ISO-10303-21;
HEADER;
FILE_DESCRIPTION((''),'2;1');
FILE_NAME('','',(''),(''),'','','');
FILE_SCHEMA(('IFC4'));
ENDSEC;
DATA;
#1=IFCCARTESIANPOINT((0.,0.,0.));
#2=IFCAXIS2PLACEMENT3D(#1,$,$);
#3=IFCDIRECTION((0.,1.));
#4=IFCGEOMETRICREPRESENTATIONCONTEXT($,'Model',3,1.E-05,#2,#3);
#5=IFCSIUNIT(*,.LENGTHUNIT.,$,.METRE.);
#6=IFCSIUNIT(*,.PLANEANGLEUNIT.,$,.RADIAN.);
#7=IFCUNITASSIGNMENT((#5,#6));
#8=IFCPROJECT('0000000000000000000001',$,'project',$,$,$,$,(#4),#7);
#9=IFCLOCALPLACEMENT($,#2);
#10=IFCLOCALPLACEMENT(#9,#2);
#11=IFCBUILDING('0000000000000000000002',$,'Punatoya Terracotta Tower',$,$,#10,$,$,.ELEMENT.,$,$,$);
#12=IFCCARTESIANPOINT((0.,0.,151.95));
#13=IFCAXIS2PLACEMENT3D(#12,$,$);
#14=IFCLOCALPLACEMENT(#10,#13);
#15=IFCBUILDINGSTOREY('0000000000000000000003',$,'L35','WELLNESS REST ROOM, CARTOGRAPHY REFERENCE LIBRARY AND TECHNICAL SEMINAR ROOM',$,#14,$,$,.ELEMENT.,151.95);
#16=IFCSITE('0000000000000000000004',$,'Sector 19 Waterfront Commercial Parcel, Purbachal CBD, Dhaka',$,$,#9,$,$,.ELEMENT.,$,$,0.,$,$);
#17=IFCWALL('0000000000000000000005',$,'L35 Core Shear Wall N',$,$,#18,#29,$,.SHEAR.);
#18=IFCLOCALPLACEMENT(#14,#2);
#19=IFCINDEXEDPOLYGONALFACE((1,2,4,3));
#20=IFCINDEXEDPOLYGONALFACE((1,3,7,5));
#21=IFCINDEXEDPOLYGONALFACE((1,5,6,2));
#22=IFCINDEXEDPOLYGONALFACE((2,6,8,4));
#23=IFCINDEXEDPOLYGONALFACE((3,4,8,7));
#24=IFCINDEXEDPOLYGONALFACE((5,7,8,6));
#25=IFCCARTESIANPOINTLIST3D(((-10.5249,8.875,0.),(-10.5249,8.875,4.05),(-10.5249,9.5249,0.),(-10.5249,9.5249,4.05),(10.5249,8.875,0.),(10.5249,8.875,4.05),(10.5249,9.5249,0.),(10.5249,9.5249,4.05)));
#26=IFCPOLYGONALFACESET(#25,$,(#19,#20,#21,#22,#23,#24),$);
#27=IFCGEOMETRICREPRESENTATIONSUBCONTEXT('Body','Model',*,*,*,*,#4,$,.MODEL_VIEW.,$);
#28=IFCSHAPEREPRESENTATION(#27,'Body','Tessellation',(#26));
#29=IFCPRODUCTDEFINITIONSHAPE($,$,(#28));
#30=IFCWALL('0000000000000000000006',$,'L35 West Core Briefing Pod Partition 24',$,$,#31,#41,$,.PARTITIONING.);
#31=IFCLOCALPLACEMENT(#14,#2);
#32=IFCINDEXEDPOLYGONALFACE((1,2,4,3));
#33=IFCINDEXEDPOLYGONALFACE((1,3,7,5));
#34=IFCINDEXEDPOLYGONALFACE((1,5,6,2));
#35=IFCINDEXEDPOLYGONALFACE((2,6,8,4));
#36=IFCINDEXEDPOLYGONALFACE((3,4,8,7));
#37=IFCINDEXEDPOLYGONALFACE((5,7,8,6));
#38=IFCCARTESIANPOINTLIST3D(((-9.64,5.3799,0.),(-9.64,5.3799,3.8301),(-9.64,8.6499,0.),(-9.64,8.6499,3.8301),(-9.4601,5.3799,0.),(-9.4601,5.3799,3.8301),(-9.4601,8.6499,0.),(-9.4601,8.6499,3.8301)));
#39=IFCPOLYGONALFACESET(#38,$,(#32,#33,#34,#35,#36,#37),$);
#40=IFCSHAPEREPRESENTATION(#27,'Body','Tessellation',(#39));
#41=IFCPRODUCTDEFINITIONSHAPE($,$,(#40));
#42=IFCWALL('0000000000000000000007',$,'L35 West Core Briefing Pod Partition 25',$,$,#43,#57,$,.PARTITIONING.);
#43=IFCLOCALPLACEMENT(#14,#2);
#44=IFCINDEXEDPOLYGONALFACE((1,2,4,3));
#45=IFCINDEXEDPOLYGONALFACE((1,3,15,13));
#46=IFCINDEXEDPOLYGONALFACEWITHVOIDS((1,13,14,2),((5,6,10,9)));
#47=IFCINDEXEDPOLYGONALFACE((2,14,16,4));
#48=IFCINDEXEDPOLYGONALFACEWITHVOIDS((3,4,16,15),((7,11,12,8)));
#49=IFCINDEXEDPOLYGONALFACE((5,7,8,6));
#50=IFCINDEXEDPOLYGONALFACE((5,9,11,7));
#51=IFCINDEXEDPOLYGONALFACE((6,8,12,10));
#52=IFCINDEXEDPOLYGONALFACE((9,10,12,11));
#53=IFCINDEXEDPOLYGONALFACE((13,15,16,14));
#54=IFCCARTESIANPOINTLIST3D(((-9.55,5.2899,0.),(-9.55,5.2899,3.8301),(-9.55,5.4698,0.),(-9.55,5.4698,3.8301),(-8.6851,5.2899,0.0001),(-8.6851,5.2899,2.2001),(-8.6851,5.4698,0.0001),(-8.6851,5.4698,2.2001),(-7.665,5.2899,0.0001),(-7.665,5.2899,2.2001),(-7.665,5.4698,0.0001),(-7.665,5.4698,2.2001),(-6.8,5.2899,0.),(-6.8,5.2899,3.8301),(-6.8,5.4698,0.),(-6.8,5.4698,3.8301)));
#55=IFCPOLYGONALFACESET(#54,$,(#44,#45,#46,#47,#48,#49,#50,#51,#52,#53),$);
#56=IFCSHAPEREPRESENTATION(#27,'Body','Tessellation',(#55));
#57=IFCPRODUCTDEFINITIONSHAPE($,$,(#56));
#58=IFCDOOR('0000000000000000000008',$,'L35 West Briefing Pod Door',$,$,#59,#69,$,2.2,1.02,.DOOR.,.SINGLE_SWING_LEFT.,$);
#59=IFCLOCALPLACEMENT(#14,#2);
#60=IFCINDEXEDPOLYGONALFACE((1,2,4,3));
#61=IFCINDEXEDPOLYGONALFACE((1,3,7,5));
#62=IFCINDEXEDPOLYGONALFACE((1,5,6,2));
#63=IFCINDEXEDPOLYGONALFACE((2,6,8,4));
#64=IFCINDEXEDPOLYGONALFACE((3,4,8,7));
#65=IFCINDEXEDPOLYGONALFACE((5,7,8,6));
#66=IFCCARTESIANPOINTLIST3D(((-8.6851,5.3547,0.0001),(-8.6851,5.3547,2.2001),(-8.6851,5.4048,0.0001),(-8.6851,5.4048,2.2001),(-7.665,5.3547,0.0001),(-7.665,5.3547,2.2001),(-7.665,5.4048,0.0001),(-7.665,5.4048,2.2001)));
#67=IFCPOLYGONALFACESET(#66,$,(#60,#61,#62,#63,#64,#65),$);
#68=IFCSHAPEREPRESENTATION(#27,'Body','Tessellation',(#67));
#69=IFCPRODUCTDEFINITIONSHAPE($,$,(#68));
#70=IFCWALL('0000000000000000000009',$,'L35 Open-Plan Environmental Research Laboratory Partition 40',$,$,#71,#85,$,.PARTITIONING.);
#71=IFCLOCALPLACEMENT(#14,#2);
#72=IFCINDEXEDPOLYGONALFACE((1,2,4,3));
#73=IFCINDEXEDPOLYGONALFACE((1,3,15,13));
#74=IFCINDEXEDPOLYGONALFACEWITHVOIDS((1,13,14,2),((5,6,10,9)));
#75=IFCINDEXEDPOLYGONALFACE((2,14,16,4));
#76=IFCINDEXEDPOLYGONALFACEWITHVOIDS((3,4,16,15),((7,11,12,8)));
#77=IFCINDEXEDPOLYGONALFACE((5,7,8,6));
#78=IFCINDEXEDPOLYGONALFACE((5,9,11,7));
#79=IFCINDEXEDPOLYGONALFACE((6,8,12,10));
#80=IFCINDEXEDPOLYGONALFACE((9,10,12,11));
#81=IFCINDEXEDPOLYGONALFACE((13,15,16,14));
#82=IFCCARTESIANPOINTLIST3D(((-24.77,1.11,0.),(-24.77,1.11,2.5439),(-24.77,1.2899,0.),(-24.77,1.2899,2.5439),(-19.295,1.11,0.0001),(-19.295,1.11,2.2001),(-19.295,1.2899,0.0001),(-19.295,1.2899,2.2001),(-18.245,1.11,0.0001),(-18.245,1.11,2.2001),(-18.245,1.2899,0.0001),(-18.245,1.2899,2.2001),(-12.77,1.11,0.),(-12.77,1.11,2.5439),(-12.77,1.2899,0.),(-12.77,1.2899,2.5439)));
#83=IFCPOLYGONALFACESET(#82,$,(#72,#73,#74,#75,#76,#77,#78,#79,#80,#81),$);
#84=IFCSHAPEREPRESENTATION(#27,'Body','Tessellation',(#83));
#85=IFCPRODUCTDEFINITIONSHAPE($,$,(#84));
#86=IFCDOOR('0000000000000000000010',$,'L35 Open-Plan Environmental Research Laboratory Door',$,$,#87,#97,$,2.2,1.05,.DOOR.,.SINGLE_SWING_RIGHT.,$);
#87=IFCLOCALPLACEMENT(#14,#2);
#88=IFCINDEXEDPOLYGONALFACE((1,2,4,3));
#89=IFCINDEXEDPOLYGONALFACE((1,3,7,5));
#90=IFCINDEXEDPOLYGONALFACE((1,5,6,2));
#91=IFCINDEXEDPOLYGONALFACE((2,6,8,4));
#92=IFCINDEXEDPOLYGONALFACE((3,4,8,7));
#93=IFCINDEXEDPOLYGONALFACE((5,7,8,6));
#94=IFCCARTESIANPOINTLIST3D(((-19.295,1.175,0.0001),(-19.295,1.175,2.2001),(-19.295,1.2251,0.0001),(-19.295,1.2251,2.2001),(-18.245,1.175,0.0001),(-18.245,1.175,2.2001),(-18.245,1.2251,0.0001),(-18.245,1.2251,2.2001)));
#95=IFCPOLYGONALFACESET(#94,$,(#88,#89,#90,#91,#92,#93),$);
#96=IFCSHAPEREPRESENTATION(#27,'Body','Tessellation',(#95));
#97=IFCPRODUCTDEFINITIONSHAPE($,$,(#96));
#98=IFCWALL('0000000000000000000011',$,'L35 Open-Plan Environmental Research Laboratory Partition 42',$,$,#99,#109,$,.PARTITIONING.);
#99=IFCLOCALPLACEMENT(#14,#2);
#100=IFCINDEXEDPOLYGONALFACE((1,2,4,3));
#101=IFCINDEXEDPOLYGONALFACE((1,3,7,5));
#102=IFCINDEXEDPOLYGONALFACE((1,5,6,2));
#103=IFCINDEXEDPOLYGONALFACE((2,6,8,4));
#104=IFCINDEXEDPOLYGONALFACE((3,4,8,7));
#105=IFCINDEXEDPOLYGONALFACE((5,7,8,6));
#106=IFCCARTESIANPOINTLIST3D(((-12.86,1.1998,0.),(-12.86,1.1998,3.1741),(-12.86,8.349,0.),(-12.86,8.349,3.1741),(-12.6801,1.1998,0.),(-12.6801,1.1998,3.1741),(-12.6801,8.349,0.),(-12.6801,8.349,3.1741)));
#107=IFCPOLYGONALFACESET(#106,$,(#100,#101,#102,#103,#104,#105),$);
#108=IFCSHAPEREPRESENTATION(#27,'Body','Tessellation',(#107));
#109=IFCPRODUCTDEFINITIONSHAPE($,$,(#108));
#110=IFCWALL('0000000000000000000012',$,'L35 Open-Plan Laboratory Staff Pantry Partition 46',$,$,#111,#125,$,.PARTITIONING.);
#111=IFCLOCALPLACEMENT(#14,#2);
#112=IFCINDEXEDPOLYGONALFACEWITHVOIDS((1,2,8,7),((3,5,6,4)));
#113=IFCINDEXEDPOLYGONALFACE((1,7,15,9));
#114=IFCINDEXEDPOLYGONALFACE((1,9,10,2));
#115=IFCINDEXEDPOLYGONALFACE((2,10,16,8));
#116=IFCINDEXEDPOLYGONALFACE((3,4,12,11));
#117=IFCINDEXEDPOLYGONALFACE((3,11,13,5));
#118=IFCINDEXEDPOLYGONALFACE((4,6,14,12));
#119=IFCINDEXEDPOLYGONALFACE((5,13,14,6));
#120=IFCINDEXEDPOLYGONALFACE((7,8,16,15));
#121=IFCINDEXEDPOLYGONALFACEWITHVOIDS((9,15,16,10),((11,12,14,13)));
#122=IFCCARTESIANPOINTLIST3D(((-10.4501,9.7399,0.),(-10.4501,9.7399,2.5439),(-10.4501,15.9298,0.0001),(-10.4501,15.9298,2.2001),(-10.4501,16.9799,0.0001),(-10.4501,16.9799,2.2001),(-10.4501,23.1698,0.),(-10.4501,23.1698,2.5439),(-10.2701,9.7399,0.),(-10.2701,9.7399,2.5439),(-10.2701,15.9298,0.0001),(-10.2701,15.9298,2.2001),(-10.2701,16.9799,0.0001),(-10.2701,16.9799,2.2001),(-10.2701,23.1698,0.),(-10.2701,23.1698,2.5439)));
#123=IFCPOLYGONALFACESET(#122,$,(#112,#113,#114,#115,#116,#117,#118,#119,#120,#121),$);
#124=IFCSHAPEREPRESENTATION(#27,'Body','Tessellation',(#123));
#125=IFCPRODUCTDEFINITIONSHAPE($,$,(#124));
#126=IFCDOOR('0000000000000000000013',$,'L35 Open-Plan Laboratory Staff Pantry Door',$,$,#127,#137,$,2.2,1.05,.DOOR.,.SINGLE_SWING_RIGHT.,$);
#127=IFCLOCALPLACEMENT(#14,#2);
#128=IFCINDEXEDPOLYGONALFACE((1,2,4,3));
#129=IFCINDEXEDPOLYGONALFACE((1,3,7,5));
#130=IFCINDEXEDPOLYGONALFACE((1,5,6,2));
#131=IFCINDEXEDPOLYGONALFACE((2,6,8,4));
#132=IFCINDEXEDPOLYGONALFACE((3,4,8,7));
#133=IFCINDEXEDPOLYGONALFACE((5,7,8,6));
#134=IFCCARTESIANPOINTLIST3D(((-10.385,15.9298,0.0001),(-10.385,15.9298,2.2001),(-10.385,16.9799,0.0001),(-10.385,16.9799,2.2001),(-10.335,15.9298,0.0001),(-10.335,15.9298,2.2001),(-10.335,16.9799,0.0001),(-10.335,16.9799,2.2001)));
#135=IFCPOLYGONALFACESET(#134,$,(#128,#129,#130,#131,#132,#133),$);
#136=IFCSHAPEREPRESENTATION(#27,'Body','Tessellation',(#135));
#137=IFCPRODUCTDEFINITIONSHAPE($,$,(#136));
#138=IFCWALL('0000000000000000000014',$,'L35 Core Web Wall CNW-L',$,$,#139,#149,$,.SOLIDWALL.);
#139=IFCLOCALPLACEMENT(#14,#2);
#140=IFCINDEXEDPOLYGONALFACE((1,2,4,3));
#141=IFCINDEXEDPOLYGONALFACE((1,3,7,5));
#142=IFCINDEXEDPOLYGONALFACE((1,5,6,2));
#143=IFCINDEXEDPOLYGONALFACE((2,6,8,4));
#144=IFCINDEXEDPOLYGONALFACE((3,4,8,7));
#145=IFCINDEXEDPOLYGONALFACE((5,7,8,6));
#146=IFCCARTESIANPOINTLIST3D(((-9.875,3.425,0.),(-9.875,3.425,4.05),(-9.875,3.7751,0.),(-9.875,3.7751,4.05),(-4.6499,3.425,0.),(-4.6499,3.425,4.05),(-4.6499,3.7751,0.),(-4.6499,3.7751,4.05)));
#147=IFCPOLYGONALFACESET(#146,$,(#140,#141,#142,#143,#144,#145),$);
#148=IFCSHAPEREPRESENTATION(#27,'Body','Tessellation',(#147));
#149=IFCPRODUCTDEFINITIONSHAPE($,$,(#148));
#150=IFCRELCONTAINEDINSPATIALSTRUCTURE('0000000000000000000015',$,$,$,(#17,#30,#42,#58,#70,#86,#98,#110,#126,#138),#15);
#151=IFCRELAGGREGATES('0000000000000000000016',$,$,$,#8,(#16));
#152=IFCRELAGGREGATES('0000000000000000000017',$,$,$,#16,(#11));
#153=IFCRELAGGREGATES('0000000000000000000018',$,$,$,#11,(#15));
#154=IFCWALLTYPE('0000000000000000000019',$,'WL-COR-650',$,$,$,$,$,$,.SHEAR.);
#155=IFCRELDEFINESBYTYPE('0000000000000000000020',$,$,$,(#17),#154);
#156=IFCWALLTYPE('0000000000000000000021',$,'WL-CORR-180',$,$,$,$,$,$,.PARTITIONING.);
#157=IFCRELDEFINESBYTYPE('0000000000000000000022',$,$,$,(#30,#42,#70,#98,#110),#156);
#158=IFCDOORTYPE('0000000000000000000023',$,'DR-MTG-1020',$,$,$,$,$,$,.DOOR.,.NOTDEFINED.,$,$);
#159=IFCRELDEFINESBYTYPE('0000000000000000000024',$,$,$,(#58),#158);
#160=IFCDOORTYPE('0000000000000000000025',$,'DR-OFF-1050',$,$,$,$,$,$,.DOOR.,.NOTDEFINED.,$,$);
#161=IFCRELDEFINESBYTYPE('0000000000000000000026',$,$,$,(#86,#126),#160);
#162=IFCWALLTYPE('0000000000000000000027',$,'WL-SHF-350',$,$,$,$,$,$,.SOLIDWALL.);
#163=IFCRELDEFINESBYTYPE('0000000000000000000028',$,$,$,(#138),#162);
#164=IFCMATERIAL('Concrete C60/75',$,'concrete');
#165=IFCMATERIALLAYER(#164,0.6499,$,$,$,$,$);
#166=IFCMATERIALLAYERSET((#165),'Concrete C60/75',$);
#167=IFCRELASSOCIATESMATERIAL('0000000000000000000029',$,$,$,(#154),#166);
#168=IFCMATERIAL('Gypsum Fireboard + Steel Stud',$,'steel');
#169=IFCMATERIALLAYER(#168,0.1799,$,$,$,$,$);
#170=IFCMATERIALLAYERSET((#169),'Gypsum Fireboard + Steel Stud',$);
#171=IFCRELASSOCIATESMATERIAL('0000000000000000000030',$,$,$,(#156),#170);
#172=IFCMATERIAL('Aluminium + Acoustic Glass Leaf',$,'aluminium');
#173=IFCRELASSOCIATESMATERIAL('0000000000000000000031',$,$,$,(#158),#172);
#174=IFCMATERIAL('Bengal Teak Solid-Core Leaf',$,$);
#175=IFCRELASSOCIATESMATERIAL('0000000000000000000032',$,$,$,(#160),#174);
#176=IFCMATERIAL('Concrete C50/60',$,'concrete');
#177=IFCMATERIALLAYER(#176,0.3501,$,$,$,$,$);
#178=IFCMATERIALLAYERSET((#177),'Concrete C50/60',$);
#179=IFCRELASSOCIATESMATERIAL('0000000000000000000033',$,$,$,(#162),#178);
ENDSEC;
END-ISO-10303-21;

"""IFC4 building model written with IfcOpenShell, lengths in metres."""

from ifc_helpers import new_model, si_unit, direction, frame, frame_2d, origin, place, context, subcontext, project, spatial, rectangle, extrude, material, layer, layer_set, type_object, element, fill, save


model = new_model("IFC4")

# Units and contexts
model_context = context("Model", 3, precision=1e-05, world=origin(), true_north=direction((0.0, 1.0)))
body_context = subcontext(model_context, "Body", "Model", "MODEL_VIEW")
ifc_project = project(units=[si_unit("LENGTHUNIT", "METRE"), si_unit("PLANEANGLEUNIT", "RADIAN")], contexts=[model_context])

# Site, building, storey
site_placement = place(None, origin())
site = spatial("IfcSite", under=ifc_project, at=site_placement, Name="Sector 19 Waterfront Commercial Parcel, Purbachal CBD, Dhaka", CompositionType="ELEMENT", RefElevation=0.0)
building_placement = place(site_placement, origin())
building = spatial("IfcBuilding", under=site, at=building_placement, Name="Punatoya Terracotta Tower", CompositionType="ELEMENT")
storey_placement = place(building_placement, frame((0.0, 0.0, 151.95)))
storey = spatial("IfcBuildingStorey", under=building, at=storey_placement, Name="L35", Description="WELLNESS REST ROOM, CARTOGRAPHY REFERENCE LIBRARY AND TECHNICAL SEMINAR ROOM", CompositionType="ELEMENT", Elevation=151.95)

# Walls
ifc_material_1 = material(Name="Concrete C60/75", Category="concrete")
ifc_layer_1 = layer(ifc_material_1, 0.6499)
ifc_layer_set_1 = layer_set([ifc_layer_1], Name="Concrete C60/75")
wall_type_1 = type_object("IfcWallType", Name="WL-COR-650", PredefinedType="SHEAR", material=ifc_layer_set_1)
wall_1_placement = place(storey_placement, frame((-10.5249, 9.2, 0.0), z_axis=(0.0, 0.0, 1.0), x_axis=(1.0, 0.0, 0.0)))
element("IfcWall", 1, at=wall_1_placement, inside=storey, type_object=wall_type_1, Name="L35 Core Shear Wall N", PredefinedType="SHEAR", context=body_context, shape_type="SweptSolid", body=[
    extrude(rectangle(XDim=21.0498, YDim=0.6499, at=frame_2d((10.5249, 0.0))), origin(), (0.0, 0.0, 1.0), 4.05),
])
ifc_material_2 = material(Name="Gypsum Fireboard + Steel Stud", Category="steel")
ifc_layer_2 = layer(ifc_material_2, 0.1799)
ifc_layer_set_2 = layer_set([ifc_layer_2], Name="Gypsum Fireboard + Steel Stud")
wall_type_2 = type_object("IfcWallType", Name="WL-CORR-180", PredefinedType="PARTITIONING", material=ifc_layer_set_2)
wall_2_placement = place(storey_placement, frame((-9.55, 8.6499, 0.0), z_axis=(0.0, 0.0, 1.0), x_axis=(0.0, -1.0, 0.0)))
element("IfcWall", 2, at=wall_2_placement, inside=storey, type_object=wall_type_2, Name="L35 West Core Briefing Pod Partition 24", PredefinedType="PARTITIONING", context=body_context, shape_type="SweptSolid", body=[
    extrude(rectangle(XDim=3.27, YDim=0.1799, at=frame_2d((1.635, 0.0))), origin(), (0.0, 0.0, 1.0), 3.8301),
])

# Walls, openings, doors
wall_3_placement = place(storey_placement, frame((-9.55, 5.3799, 0.0), z_axis=(0.0, 0.0, 1.0), x_axis=(1.0, 0.0, 0.0)))
wall_3 = element("IfcWall", 3, at=wall_3_placement, inside=storey, type_object=wall_type_2, Name="L35 West Core Briefing Pod Partition 25", PredefinedType="PARTITIONING", context=body_context, shape_type="SweptSolid", body=[
    extrude(rectangle(XDim=2.75, YDim=0.1799, at=frame_2d((1.375, 0.0))), origin(), (0.0, 0.0, 1.0), 3.8301),
])
opening_1_placement = place(wall_3_placement, frame((0.865, 0.0, 0.0)))
opening_1 = element("IfcOpeningElement", 4, at=opening_1_placement, cuts=wall_3, PredefinedType="OPENING", context=body_context, shape_type="SweptSolid", body=[
    extrude(rectangle(XDim=1.02, YDim=2.2, at=frame_2d((0.51, 1.1001))), frame((0.0, 0.0999, 0.0), z_axis=(0.0, -1.0, 0.0), x_axis=(1.0, 0.0, 0.0)), (0.0, 0.0, 1.0), 0.2),
])
ifc_material_3 = material(Name="Aluminium + Acoustic Glass Leaf", Category="aluminium")
door_type_1 = type_object("IfcDoorType", Name="DR-MTG-1020", OperationType="NOTDEFINED", PredefinedType="DOOR", material=ifc_material_3)
door_1_placement = place(opening_1_placement, origin())
door_1 = element("IfcDoor", 5, at=door_1_placement, inside=storey, type_object=door_type_1, Name="L35 West Briefing Pod Door", OperationType="SINGLE_SWING_LEFT", OverallHeight=2.2, OverallWidth=1.02, PredefinedType="DOOR", context=body_context, shape_type="SweptSolid", body=[
    extrude(rectangle(XDim=1.02, YDim=2.2, at=frame_2d((0.51, 1.1001))), frame((0.0, 0.0249, 0.0), z_axis=(0.0, -1.0, 0.0), x_axis=(1.0, 0.0, 0.0)), (0.0, 0.0, 1.0), 0.05),
])
fill(opening_1, door_1)
wall_4_placement = place(storey_placement, frame((-12.77, 1.2, 0.0), z_axis=(0.0, 0.0, 1.0), x_axis=(-1.0, 0.0, 0.0)))
wall_4 = element("IfcWall", 6, at=wall_4_placement, inside=storey, type_object=wall_type_2, Name="L35 Open-Plan Environmental Research Laboratory Partition 40", PredefinedType="PARTITIONING", context=body_context, shape_type="SweptSolid", body=[
    extrude(rectangle(XDim=12.0, YDim=0.1799, at=frame_2d((6.0, 0.0))), origin(), (0.0, 0.0, 1.0), 2.5439),
])
opening_2_placement = place(wall_4_placement, frame((5.4751, 0.0, 0.0)))
opening_2 = element("IfcOpeningElement", 7, at=opening_2_placement, cuts=wall_4, PredefinedType="OPENING", context=body_context, shape_type="SweptSolid", body=[
    extrude(rectangle(XDim=1.05, YDim=2.2, at=frame_2d((0.5249, 1.1001))), frame((0.0, 0.0999, 0.0), z_axis=(0.0, -1.0, 0.0), x_axis=(1.0, 0.0, 0.0)), (0.0, 0.0, 1.0), 0.2),
])
ifc_material_4 = material(Name="Bengal Teak Solid-Core Leaf")
door_type_2 = type_object("IfcDoorType", Name="DR-OFF-1050", OperationType="NOTDEFINED", PredefinedType="DOOR", material=ifc_material_4)
door_2_placement = place(opening_2_placement, origin())
door_2 = element("IfcDoor", 8, at=door_2_placement, inside=storey, type_object=door_type_2, Name="L35 Open-Plan Environmental Research Laboratory Door", OperationType="SINGLE_SWING_RIGHT", OverallHeight=2.2, OverallWidth=1.05, PredefinedType="DOOR", context=body_context, shape_type="SweptSolid", body=[
    extrude(rectangle(XDim=1.05, YDim=2.2, at=frame_2d((0.5249, 1.1001))), frame((0.0, 0.0249, 0.0), z_axis=(0.0, -1.0, 0.0), x_axis=(1.0, 0.0, 0.0)), (0.0, 0.0, 1.0), 0.05),
])
fill(opening_2, door_2)

# Wall
wall_5_placement = place(storey_placement, frame((-12.77, 8.3491, 0.0), z_axis=(0.0, 0.0, 1.0), x_axis=(0.0, -1.0, 0.0)))
element("IfcWall", 9, at=wall_5_placement, inside=storey, type_object=wall_type_2, Name="L35 Open-Plan Environmental Research Laboratory Partition 42", PredefinedType="PARTITIONING", context=body_context, shape_type="SweptSolid", body=[
    extrude(rectangle(XDim=7.1492, YDim=0.1799, at=frame_2d((3.5747, 0.0))), origin(), (0.0, 0.0, 1.0), 3.1741),
])

# Wall, opening, door
wall_6_placement = place(storey_placement, frame((-10.3601, 9.74, 0.0), z_axis=(0.0, 0.0, 1.0), x_axis=(0.0, 1.0, 0.0)))
wall_6 = element("IfcWall", 10, at=wall_6_placement, inside=storey, type_object=wall_type_2, Name="L35 Open-Plan Laboratory Staff Pantry Partition 46", PredefinedType="PARTITIONING", context=body_context, shape_type="SweptSolid", body=[
    extrude(rectangle(XDim=13.4299, YDim=0.1799, at=frame_2d((6.7148, 0.0))), origin(), (0.0, 0.0, 1.0), 2.5439),
])
opening_3_placement = place(wall_6_placement, frame((6.1899, 0.0, 0.0)))
opening_3 = element("IfcOpeningElement", 11, at=opening_3_placement, cuts=wall_6, PredefinedType="OPENING", context=body_context, shape_type="SweptSolid", body=[
    extrude(rectangle(XDim=1.05, YDim=2.2, at=frame_2d((0.5249, 1.1001))), frame((0.0, 0.0999, 0.0), z_axis=(0.0, -1.0, 0.0), x_axis=(1.0, 0.0, 0.0)), (0.0, 0.0, 1.0), 0.2),
])
door_3_placement = place(opening_3_placement, origin())
door_3 = element("IfcDoor", 12, at=door_3_placement, inside=storey, type_object=door_type_2, Name="L35 Open-Plan Laboratory Staff Pantry Door", OperationType="SINGLE_SWING_RIGHT", OverallHeight=2.2, OverallWidth=1.05, PredefinedType="DOOR", context=body_context, shape_type="SweptSolid", body=[
    extrude(rectangle(XDim=1.05, YDim=2.2, at=frame_2d((0.5249, 1.1001))), frame((0.0, 0.0249, 0.0), z_axis=(0.0, -1.0, 0.0), x_axis=(1.0, 0.0, 0.0)), (0.0, 0.0, 1.0), 0.05),
])
fill(opening_3, door_3)

# Wall
ifc_material_5 = material(Name="Concrete C50/60", Category="concrete")
ifc_layer_3 = layer(ifc_material_5, 0.3501)
ifc_layer_set_3 = layer_set([ifc_layer_3], Name="Concrete C50/60")
wall_type_3 = type_object("IfcWallType", Name="WL-SHF-350", PredefinedType="SOLIDWALL", material=ifc_layer_set_3)
wall_7_placement = place(storey_placement, frame((-9.875, 3.6001, 0.0), z_axis=(0.0, 0.0, 1.0), x_axis=(1.0, 0.0, 0.0)))
element("IfcWall", 13, at=wall_7_placement, inside=storey, type_object=wall_type_3, Name="L35 Core Web Wall CNW-L", PredefinedType="SOLIDWALL", context=body_context, shape_type="SweptSolid", body=[
    extrude(rectangle(XDim=5.2251, YDim=0.3501, at=frame_2d((2.6125, 0.0))), origin(), (0.0, 0.0, 1.0), 4.05),
])

save(model, "model.ifc")
